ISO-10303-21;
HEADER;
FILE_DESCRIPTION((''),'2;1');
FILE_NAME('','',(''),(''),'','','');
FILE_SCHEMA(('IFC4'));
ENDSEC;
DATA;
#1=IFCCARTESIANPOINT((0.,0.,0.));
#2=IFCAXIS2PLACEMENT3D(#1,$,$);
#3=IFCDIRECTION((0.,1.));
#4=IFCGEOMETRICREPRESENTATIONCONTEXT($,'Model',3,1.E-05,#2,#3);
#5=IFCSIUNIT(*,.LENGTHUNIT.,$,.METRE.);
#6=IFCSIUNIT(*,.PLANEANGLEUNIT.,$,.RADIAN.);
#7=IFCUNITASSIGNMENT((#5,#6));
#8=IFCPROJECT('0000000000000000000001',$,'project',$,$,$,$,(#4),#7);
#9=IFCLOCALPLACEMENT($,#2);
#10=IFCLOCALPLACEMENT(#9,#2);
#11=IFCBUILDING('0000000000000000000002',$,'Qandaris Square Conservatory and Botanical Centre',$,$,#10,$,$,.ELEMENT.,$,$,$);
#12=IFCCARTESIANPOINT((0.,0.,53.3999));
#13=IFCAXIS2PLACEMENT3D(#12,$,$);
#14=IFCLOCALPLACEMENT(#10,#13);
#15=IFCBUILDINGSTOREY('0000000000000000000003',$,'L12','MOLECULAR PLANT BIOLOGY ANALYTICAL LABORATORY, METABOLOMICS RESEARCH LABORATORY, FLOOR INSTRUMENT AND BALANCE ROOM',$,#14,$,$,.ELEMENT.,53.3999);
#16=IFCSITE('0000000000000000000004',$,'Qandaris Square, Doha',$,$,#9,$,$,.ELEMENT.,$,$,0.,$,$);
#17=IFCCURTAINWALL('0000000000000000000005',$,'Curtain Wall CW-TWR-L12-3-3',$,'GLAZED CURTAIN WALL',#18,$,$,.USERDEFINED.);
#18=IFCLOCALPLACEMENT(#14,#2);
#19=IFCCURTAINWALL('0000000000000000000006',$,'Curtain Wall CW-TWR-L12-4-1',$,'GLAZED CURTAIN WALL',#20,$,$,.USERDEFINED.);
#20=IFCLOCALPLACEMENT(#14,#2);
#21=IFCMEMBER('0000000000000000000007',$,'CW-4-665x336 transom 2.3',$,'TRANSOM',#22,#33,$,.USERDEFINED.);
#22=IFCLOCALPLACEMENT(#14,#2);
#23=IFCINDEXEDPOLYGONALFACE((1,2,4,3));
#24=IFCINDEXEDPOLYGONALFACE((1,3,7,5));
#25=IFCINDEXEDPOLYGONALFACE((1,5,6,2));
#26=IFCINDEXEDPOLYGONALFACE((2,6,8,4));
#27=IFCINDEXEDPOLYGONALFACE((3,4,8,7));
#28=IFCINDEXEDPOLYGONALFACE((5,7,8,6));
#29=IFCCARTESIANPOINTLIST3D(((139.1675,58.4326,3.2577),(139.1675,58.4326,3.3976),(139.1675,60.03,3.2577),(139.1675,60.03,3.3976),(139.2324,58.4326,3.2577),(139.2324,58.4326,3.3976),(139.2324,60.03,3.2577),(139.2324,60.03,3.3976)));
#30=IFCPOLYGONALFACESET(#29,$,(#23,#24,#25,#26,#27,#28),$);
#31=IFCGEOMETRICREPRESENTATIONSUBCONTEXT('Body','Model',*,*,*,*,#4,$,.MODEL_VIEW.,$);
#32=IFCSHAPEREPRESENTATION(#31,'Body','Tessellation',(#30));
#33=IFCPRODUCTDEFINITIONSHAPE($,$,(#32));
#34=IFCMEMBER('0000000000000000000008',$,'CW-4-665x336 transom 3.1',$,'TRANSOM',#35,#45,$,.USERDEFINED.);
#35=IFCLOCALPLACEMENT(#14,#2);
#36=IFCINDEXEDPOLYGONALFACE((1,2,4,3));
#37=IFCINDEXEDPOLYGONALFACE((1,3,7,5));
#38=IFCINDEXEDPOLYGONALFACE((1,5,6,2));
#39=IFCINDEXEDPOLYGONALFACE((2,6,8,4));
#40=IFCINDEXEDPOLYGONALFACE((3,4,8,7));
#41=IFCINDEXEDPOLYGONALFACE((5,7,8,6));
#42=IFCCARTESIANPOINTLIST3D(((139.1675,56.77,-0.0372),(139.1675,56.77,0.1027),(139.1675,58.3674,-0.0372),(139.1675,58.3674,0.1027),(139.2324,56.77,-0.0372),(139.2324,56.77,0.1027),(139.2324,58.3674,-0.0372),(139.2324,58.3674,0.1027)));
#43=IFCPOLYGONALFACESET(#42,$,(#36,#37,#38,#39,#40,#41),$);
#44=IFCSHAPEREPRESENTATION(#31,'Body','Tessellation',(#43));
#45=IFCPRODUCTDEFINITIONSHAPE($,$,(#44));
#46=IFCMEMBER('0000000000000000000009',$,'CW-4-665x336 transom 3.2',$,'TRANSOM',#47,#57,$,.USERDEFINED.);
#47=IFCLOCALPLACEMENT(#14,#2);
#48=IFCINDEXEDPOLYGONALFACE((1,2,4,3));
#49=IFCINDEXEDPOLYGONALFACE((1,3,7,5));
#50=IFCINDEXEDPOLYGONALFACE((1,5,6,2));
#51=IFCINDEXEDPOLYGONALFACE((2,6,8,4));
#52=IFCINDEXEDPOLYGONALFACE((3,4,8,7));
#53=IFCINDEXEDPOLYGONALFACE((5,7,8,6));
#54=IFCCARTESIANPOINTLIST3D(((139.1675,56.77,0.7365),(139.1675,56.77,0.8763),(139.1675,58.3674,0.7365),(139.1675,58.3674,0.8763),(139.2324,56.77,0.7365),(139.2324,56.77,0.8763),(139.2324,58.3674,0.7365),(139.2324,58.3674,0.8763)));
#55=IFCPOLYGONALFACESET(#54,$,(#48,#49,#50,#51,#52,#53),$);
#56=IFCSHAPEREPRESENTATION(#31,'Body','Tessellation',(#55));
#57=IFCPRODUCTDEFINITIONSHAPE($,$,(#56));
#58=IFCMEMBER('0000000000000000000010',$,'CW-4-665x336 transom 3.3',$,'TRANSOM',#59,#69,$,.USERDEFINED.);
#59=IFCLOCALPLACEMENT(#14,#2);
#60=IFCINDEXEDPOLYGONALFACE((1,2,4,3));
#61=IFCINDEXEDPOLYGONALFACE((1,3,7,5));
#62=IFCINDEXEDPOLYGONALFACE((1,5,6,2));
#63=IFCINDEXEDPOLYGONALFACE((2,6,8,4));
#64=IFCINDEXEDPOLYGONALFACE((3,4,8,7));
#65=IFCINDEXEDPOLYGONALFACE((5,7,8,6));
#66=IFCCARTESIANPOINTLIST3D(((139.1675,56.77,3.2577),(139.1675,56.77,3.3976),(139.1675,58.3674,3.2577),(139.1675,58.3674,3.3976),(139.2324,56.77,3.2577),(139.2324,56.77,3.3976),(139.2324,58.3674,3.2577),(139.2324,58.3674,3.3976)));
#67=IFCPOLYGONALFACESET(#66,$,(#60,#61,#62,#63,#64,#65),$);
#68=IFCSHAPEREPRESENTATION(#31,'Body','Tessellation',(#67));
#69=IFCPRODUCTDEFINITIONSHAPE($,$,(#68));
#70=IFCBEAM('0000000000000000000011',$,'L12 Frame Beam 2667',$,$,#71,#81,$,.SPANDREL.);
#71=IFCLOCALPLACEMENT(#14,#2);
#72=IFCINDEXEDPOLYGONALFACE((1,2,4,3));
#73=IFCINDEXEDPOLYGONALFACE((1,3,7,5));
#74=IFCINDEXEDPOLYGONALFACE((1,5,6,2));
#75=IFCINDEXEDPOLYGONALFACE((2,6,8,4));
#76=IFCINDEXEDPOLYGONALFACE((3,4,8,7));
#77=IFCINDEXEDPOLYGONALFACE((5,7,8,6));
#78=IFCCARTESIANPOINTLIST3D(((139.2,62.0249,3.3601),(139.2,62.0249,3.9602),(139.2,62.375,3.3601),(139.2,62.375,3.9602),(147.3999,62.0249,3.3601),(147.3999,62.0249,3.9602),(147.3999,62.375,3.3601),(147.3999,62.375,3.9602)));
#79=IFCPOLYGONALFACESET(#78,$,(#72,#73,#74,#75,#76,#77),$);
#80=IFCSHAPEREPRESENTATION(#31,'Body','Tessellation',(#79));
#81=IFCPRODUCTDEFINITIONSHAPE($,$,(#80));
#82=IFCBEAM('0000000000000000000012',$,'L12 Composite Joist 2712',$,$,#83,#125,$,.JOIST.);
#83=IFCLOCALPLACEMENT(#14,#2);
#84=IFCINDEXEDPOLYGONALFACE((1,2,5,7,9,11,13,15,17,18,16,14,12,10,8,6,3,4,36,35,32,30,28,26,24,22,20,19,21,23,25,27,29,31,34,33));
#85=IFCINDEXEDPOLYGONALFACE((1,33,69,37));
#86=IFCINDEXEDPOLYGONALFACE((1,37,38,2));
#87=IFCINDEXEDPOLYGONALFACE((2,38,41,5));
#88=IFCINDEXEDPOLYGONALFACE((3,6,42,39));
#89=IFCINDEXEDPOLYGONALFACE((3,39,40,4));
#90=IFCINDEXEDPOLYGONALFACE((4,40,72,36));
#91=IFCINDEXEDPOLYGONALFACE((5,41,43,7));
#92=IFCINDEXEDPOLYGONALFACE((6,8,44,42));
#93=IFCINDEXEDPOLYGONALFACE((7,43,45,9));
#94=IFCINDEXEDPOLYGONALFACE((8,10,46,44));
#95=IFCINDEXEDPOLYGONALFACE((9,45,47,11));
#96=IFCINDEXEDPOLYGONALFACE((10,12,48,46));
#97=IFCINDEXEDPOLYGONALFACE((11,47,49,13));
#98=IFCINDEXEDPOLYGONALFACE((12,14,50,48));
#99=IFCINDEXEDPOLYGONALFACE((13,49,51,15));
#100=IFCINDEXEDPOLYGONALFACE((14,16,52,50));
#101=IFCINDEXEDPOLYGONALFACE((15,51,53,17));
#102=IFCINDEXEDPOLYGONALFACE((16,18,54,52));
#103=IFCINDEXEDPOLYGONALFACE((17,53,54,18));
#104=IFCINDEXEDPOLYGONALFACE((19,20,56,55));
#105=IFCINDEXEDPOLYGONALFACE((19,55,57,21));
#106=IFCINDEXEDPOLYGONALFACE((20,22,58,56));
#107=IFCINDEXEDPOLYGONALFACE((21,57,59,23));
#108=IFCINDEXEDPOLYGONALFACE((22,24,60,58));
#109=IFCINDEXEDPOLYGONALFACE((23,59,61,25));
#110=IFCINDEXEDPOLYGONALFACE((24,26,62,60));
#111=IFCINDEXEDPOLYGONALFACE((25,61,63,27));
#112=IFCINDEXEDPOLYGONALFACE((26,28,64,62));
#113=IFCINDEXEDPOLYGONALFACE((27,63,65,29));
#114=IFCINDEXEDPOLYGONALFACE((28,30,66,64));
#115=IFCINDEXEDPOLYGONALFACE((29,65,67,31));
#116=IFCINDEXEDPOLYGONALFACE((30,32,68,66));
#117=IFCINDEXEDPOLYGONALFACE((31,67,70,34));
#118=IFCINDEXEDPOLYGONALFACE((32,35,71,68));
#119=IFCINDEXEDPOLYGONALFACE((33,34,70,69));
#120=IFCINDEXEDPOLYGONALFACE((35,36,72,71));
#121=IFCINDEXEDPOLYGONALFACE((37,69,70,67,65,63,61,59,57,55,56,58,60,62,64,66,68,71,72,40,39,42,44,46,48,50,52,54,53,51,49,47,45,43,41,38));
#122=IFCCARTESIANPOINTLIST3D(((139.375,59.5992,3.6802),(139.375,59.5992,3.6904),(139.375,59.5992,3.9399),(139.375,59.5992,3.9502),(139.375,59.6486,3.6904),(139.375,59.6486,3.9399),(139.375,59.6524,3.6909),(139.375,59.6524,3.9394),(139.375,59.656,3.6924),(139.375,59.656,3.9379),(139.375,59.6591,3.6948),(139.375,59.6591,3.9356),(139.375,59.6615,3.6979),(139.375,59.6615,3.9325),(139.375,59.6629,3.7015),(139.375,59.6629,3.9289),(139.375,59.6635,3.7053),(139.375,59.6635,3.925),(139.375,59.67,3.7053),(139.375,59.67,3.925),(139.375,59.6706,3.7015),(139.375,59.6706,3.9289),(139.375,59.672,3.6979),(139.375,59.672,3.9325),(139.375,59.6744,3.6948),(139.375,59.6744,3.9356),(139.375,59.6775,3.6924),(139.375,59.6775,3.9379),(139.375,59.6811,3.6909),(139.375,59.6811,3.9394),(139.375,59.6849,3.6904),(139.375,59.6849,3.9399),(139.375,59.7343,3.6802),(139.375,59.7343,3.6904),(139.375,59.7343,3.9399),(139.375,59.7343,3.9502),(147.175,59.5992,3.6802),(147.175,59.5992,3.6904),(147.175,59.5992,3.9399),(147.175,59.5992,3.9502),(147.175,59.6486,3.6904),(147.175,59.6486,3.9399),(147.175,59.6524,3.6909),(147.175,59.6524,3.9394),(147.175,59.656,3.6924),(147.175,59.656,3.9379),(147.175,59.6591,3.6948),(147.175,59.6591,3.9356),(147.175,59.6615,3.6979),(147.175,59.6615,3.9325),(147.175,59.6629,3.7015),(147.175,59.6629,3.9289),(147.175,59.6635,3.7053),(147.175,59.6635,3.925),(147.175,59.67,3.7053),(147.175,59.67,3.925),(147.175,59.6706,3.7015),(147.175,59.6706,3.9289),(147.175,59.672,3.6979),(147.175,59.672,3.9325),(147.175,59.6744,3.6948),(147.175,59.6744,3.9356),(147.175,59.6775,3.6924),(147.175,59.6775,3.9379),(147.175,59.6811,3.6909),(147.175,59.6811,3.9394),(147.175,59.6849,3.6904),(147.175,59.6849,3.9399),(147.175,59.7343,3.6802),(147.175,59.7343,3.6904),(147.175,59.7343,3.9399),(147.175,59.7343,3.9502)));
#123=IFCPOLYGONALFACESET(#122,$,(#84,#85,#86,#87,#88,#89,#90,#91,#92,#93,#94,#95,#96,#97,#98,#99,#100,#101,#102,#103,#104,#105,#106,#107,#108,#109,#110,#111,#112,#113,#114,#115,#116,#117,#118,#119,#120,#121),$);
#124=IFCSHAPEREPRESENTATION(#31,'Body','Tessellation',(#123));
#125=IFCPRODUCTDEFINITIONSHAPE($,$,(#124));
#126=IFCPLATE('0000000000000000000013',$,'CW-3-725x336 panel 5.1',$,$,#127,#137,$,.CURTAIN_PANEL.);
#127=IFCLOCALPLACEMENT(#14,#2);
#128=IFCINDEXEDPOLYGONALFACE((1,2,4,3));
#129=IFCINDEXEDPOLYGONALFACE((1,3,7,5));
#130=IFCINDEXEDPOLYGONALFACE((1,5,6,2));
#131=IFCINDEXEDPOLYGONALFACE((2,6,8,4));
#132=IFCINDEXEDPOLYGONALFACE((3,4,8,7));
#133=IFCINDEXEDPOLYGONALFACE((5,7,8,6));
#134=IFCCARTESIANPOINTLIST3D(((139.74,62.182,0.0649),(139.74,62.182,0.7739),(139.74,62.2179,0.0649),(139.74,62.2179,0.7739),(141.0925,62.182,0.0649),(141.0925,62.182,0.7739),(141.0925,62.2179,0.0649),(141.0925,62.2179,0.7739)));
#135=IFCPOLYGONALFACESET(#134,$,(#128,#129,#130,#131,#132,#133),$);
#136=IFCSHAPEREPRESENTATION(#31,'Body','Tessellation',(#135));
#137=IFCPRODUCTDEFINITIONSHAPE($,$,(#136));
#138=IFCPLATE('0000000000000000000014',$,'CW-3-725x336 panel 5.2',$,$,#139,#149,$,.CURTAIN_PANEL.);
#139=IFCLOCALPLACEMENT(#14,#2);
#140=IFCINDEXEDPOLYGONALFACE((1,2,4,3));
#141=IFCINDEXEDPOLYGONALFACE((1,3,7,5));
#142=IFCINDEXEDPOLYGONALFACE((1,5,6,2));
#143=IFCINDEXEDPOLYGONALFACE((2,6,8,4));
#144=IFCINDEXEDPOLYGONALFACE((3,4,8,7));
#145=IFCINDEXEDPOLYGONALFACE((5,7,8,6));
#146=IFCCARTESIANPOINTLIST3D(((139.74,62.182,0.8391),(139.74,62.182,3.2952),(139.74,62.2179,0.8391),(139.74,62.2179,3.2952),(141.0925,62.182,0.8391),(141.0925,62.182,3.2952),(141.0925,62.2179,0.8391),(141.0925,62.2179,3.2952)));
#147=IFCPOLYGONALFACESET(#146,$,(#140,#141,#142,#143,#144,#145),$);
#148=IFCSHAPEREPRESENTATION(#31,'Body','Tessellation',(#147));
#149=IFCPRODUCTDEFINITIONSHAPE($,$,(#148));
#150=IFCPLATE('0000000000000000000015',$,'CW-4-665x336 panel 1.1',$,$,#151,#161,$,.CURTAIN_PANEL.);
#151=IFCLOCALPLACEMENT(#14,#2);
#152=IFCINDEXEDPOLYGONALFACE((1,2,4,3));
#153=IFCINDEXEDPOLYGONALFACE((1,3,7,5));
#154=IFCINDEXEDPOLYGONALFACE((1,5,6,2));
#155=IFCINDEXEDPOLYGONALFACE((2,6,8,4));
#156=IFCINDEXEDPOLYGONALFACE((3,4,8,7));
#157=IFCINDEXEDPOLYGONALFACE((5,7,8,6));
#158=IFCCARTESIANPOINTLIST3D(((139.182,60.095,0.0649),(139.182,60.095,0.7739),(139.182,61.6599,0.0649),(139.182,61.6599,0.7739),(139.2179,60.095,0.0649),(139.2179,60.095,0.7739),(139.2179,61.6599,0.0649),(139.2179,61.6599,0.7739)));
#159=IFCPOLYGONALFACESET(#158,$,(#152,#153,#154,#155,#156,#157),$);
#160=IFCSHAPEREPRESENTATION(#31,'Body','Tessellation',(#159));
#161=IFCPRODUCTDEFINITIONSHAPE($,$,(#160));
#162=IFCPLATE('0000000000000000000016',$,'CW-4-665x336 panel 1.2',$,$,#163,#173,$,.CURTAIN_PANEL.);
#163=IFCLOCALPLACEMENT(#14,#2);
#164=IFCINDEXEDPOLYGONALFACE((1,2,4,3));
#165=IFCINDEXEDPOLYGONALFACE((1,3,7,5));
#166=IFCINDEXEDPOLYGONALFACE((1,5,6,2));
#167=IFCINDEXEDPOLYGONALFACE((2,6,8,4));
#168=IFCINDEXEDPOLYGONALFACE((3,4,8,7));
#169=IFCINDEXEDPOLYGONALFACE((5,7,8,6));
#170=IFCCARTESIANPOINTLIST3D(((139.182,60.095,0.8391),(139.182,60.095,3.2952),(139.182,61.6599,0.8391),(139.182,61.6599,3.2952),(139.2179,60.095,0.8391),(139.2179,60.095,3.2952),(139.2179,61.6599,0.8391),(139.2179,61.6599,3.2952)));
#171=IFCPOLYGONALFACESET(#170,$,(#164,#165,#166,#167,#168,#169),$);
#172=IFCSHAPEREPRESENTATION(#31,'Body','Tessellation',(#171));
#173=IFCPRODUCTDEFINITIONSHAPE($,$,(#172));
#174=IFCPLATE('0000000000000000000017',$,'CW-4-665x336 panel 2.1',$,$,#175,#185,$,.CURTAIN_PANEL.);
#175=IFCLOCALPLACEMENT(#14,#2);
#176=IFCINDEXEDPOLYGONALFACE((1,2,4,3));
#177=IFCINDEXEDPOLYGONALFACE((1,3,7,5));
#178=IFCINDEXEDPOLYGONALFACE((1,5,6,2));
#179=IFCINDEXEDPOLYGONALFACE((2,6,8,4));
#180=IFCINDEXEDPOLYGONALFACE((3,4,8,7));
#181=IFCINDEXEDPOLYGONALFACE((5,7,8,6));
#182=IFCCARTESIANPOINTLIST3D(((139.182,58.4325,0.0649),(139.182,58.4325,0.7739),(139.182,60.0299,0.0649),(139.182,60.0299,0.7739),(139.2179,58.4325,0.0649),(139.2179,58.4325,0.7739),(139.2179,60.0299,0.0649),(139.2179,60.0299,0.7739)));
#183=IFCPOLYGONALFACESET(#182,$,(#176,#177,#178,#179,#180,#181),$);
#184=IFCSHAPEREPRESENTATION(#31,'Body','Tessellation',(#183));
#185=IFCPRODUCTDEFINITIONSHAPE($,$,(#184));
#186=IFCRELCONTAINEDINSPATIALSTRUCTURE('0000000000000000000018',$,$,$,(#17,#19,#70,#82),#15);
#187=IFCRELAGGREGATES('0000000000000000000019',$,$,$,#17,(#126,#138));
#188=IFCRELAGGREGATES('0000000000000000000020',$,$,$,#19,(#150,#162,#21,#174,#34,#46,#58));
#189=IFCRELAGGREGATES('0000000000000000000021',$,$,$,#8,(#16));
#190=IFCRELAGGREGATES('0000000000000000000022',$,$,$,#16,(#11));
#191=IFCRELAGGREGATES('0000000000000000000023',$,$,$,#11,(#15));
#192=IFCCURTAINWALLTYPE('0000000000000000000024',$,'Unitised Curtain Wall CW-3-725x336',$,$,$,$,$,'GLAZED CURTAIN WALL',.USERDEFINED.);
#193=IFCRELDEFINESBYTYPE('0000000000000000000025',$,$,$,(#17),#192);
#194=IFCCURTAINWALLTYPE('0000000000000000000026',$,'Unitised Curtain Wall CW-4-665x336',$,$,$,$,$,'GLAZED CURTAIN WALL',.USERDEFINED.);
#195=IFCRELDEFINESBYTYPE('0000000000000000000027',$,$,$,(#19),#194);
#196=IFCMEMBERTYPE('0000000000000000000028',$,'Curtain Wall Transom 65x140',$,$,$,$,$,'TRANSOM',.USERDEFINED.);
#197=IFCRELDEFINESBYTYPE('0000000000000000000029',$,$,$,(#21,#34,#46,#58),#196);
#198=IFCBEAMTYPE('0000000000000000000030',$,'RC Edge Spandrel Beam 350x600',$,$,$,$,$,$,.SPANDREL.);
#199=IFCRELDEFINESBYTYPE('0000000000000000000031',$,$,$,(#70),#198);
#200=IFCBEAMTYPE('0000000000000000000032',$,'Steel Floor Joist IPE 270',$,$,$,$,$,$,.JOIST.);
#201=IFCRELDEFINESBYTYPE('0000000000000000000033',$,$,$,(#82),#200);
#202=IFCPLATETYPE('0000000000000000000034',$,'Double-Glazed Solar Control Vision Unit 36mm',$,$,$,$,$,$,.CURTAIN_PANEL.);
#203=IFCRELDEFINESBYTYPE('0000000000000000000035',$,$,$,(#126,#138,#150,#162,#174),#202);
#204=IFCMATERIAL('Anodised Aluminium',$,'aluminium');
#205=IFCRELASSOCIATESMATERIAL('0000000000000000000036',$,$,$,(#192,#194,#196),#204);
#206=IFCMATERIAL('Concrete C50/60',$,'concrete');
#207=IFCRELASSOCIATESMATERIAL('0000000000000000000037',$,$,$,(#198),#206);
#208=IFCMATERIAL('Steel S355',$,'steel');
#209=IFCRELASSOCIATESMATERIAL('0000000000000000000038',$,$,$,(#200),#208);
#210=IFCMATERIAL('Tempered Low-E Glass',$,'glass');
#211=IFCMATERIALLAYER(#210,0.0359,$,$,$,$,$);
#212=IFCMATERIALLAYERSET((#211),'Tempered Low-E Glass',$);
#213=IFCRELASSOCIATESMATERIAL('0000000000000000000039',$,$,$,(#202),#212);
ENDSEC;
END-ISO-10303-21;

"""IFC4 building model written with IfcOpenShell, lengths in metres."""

from ifc_helpers import new_model, si_unit, direction, frame, origin, origin_2d, place, context, subcontext, project, spatial, rectangle, i_section, extrude, material, layer, layer_set, material_profile, profile_set, type_object, element, aggregate, save


model = new_model("IFC4")

# Units and contexts
model_context = context("Model", 3, precision=1e-05, world=origin(), true_north=direction((0.0, 1.0)))
body_context = subcontext(model_context, "Body", "Model", "MODEL_VIEW")
ifc_project = project(units=[si_unit("LENGTHUNIT", "METRE"), si_unit("PLANEANGLEUNIT", "RADIAN")], contexts=[model_context])

# Site, building, storey
site_placement = place(None, origin())
site = spatial("IfcSite", under=ifc_project, at=site_placement, Name="Qandaris Square, Doha", CompositionType="ELEMENT", RefElevation=0.0)
building_placement = place(site_placement, origin())
building = spatial("IfcBuilding", under=site, at=building_placement, Name="Qandaris Square Conservatory and Botanical Centre", CompositionType="ELEMENT")
storey_placement = place(building_placement, frame((0.0, 0.0, 53.3999)))
storey = spatial("IfcBuildingStorey", under=building, at=storey_placement, Name="L12", Description="MOLECULAR PLANT BIOLOGY ANALYTICAL LABORATORY, METABOLOMICS RESEARCH LABORATORY, FLOOR INSTRUMENT AND BALANCE ROOM", CompositionType="ELEMENT", Elevation=53.3999)

# Shared definitions
ifc_material_1 = material(Name="Concrete C50/60", Category="concrete")

# Curtain walls
ifc_material_2 = material(Name="Anodised Aluminium", Category="aluminium")
curtain_wall_type_1 = type_object("IfcCurtainWallType", Name="Unitised Curtain Wall CW-3-725x336", ElementType="GLAZED CURTAIN WALL", PredefinedType="USERDEFINED", material=ifc_material_2)
curtain_wall_1_placement = place(storey_placement, origin())
curtain_wall_1 = element("IfcCurtainWall", 1, at=curtain_wall_1_placement, inside=storey, type_object=curtain_wall_type_1, Name="Curtain Wall CW-TWR-L12-3-3", ObjectType="GLAZED CURTAIN WALL", PredefinedType="USERDEFINED")
curtain_wall_type_2 = type_object("IfcCurtainWallType", Name="Unitised Curtain Wall CW-4-665x336", ElementType="GLAZED CURTAIN WALL", PredefinedType="USERDEFINED", material=ifc_material_2)
curtain_wall_2_placement = place(storey_placement, origin())
curtain_wall_2 = element("IfcCurtainWall", 2, at=curtain_wall_2_placement, inside=storey, type_object=curtain_wall_type_2, Name="Curtain Wall CW-TWR-L12-4-1", ObjectType="GLAZED CURTAIN WALL", PredefinedType="USERDEFINED")

# Members
ifc_material_profile_1 = material_profile(ifc_material_2, rectangle(XDim=0.0649, YDim=0.1399, at=origin_2d()), Name="ALU-TRN 65x140")
ifc_profile_set_1 = profile_set([ifc_material_profile_1], Name="Anodised Aluminium")
member_type_1 = type_object("IfcMemberType", Name="Curtain Wall Transom 65x140", ElementType="TRANSOM", PredefinedType="USERDEFINED", material=ifc_profile_set_1)
member_1_placement = place(storey_placement, frame((139.2, 60.03, 3.3276), z_axis=(0.0, -1.0, 0.0), x_axis=(1.0, 0.0, 0.0)))
member_1 = element("IfcMember", 3, at=member_1_placement, type_object=member_type_1, Name="CW-4-665x336 transom 2.3", ObjectType="TRANSOM", PredefinedType="USERDEFINED", context=body_context, shape_type="SweptSolid", body=[
    extrude(rectangle(XDim=0.0649, YDim=0.1399, at=origin_2d()), origin(), (0.0, 0.0, 1.0), 1.5974),
])
member_2_placement = place(storey_placement, frame((139.2, 58.3674, 0.0327), z_axis=(0.0, -1.0, 0.0), x_axis=(1.0, 0.0, 0.0)))
member_2 = element("IfcMember", 4, at=member_2_placement, type_object=member_type_1, Name="CW-4-665x336 transom 3.1", ObjectType="TRANSOM", PredefinedType="USERDEFINED", context=body_context, shape_type="SweptSolid", body=[
    extrude(rectangle(XDim=0.0649, YDim=0.1399, at=origin_2d()), origin(), (0.0, 0.0, 1.0), 1.5974),
])
member_3_placement = place(storey_placement, frame((139.2, 58.3674, 0.8064), z_axis=(0.0, -1.0, 0.0), x_axis=(1.0, 0.0, 0.0)))
member_3 = element("IfcMember", 5, at=member_3_placement, type_object=member_type_1, Name="CW-4-665x336 transom 3.2", ObjectType="TRANSOM", PredefinedType="USERDEFINED", context=body_context, shape_type="SweptSolid", body=[
    extrude(rectangle(XDim=0.0649, YDim=0.1399, at=origin_2d()), origin(), (0.0, 0.0, 1.0), 1.5974),
])
member_4_placement = place(storey_placement, frame((139.2, 58.3674, 3.3276), z_axis=(0.0, -1.0, 0.0), x_axis=(1.0, 0.0, 0.0)))
member_4 = element("IfcMember", 6, at=member_4_placement, type_object=member_type_1, Name="CW-4-665x336 transom 3.3", ObjectType="TRANSOM", PredefinedType="USERDEFINED", context=body_context, shape_type="SweptSolid", body=[
    extrude(rectangle(XDim=0.0649, YDim=0.1399, at=origin_2d()), origin(), (0.0, 0.0, 1.0), 1.5974),
])

# Beams
ifc_material_profile_2 = material_profile(ifc_material_1, rectangle(XDim=0.3501, YDim=0.6001, at=origin_2d()), Name="RC-SP 350x600")
ifc_profile_set_2 = profile_set([ifc_material_profile_2], Name="Concrete C50/60")
beam_type_1 = type_object("IfcBeamType", Name="RC Edge Spandrel Beam 350x600", PredefinedType="SPANDREL", material=ifc_profile_set_2)
beam_1_placement = place(storey_placement, frame((139.2, 62.2, 3.6602), z_axis=(1.0, 0.0, 0.0), x_axis=(0.0, 1.0, 0.0)))
element("IfcBeam", 7, at=beam_1_placement, inside=storey, type_object=beam_type_1, Name="L12 Frame Beam 2667", PredefinedType="SPANDREL", context=body_context, shape_type="SweptSolid", body=[
    extrude(rectangle(XDim=0.3501, YDim=0.6001, at=origin_2d()), origin(), (0.0, 0.0, 1.0), 8.2),
])
ifc_material_3 = material(Name="Steel S355", Category="steel")
ifc_material_profile_3 = material_profile(ifc_material_3, i_section(OverallWidth=0.135, OverallDepth=0.27, WebThickness=0.0066, FlangeThickness=0.0103, FilletRadius=0.0149, at=origin_2d()), Name="IPE 270")
ifc_profile_set_3 = profile_set([ifc_material_profile_3], Name="Steel S355")
beam_type_2 = type_object("IfcBeamType", Name="Steel Floor Joist IPE 270", PredefinedType="JOIST", material=ifc_profile_set_3)
beam_2_placement = place(storey_placement, frame((139.375, 59.6667, 3.8152), z_axis=(1.0, 0.0, 0.0), x_axis=(0.0, 1.0, 0.0)))
element("IfcBeam", 8, at=beam_2_placement, inside=storey, type_object=beam_type_2, Name="L12 Composite Joist 2712", PredefinedType="JOIST", context=body_context, shape_type="SweptSolid", body=[
    extrude(i_section(OverallWidth=0.135, OverallDepth=0.27, WebThickness=0.0066, FlangeThickness=0.0103, FilletRadius=0.0149, at=origin_2d()), origin(), (0.0, 0.0, 1.0), 7.8),
])

# Plates
ifc_material_4 = material(Name="Tempered Low-E Glass", Category="glass")
ifc_layer = layer(ifc_material_4, 0.0359)
ifc_layer_set = layer_set([ifc_layer], Name="Tempered Low-E Glass")
plate_type = type_object("IfcPlateType", Name="Double-Glazed Solar Control Vision Unit 36mm", PredefinedType="CURTAIN_PANEL", material=ifc_layer_set)
plate_1_placement = place(storey_placement, frame((140.4163, 62.2, 0.0649), z_axis=(0.0, 0.0, 1.0), x_axis=(-1.0, 0.0, 0.0)))
plate_1 = element("IfcPlate", 9, at=plate_1_placement, type_object=plate_type, Name="CW-3-725x336 panel 5.1", PredefinedType="CURTAIN_PANEL", context=body_context, shape_type="SweptSolid", body=[
    extrude(rectangle(XDim=1.3525, YDim=0.0359, at=origin_2d()), origin(), (0.0, 0.0, 1.0), 0.709),
])
plate_2_placement = place(storey_placement, frame((140.4163, 62.2, 0.8391), z_axis=(0.0, 0.0, 1.0), x_axis=(-1.0, 0.0, 0.0)))
plate_2 = element("IfcPlate", 10, at=plate_2_placement, type_object=plate_type, Name="CW-3-725x336 panel 5.2", PredefinedType="CURTAIN_PANEL", context=body_context, shape_type="SweptSolid", body=[
    extrude(rectangle(XDim=1.3525, YDim=0.0359, at=origin_2d()), origin(), (0.0, 0.0, 1.0), 2.4561),
])
aggregate(curtain_wall_1, [plate_1, plate_2])
plate_3_placement = place(storey_placement, frame((139.2, 60.8774, 0.0649), z_axis=(0.0, 0.0, 1.0), x_axis=(0.0, -1.0, 0.0)))
plate_3 = element("IfcPlate", 11, at=plate_3_placement, type_object=plate_type, Name="CW-4-665x336 panel 1.1", PredefinedType="CURTAIN_PANEL", context=body_context, shape_type="SweptSolid", body=[
    extrude(rectangle(XDim=1.5649, YDim=0.0359, at=origin_2d()), origin(), (0.0, 0.0, 1.0), 0.709),
])
plate_4_placement = place(storey_placement, frame((139.2, 60.8774, 0.8391), z_axis=(0.0, 0.0, 1.0), x_axis=(0.0, -1.0, 0.0)))
plate_4 = element("IfcPlate", 12, at=plate_4_placement, type_object=plate_type, Name="CW-4-665x336 panel 1.2", PredefinedType="CURTAIN_PANEL", context=body_context, shape_type="SweptSolid", body=[
    extrude(rectangle(XDim=1.5649, YDim=0.0359, at=origin_2d()), origin(), (0.0, 0.0, 1.0), 2.4561),
])
plate_5_placement = place(storey_placement, frame((139.2, 59.2312, 0.0649), z_axis=(0.0, 0.0, 1.0), x_axis=(0.0, -1.0, 0.0)))
plate_5 = element("IfcPlate", 13, at=plate_5_placement, type_object=plate_type, Name="CW-4-665x336 panel 2.1", PredefinedType="CURTAIN_PANEL", context=body_context, shape_type="SweptSolid", body=[
    extrude(rectangle(XDim=1.5974, YDim=0.0359, at=origin_2d()), origin(), (0.0, 0.0, 1.0), 0.709),
])
aggregate(curtain_wall_2, [plate_3, plate_4, member_1, plate_5, member_2, member_3, member_4])

save(model, "model.ifc")
